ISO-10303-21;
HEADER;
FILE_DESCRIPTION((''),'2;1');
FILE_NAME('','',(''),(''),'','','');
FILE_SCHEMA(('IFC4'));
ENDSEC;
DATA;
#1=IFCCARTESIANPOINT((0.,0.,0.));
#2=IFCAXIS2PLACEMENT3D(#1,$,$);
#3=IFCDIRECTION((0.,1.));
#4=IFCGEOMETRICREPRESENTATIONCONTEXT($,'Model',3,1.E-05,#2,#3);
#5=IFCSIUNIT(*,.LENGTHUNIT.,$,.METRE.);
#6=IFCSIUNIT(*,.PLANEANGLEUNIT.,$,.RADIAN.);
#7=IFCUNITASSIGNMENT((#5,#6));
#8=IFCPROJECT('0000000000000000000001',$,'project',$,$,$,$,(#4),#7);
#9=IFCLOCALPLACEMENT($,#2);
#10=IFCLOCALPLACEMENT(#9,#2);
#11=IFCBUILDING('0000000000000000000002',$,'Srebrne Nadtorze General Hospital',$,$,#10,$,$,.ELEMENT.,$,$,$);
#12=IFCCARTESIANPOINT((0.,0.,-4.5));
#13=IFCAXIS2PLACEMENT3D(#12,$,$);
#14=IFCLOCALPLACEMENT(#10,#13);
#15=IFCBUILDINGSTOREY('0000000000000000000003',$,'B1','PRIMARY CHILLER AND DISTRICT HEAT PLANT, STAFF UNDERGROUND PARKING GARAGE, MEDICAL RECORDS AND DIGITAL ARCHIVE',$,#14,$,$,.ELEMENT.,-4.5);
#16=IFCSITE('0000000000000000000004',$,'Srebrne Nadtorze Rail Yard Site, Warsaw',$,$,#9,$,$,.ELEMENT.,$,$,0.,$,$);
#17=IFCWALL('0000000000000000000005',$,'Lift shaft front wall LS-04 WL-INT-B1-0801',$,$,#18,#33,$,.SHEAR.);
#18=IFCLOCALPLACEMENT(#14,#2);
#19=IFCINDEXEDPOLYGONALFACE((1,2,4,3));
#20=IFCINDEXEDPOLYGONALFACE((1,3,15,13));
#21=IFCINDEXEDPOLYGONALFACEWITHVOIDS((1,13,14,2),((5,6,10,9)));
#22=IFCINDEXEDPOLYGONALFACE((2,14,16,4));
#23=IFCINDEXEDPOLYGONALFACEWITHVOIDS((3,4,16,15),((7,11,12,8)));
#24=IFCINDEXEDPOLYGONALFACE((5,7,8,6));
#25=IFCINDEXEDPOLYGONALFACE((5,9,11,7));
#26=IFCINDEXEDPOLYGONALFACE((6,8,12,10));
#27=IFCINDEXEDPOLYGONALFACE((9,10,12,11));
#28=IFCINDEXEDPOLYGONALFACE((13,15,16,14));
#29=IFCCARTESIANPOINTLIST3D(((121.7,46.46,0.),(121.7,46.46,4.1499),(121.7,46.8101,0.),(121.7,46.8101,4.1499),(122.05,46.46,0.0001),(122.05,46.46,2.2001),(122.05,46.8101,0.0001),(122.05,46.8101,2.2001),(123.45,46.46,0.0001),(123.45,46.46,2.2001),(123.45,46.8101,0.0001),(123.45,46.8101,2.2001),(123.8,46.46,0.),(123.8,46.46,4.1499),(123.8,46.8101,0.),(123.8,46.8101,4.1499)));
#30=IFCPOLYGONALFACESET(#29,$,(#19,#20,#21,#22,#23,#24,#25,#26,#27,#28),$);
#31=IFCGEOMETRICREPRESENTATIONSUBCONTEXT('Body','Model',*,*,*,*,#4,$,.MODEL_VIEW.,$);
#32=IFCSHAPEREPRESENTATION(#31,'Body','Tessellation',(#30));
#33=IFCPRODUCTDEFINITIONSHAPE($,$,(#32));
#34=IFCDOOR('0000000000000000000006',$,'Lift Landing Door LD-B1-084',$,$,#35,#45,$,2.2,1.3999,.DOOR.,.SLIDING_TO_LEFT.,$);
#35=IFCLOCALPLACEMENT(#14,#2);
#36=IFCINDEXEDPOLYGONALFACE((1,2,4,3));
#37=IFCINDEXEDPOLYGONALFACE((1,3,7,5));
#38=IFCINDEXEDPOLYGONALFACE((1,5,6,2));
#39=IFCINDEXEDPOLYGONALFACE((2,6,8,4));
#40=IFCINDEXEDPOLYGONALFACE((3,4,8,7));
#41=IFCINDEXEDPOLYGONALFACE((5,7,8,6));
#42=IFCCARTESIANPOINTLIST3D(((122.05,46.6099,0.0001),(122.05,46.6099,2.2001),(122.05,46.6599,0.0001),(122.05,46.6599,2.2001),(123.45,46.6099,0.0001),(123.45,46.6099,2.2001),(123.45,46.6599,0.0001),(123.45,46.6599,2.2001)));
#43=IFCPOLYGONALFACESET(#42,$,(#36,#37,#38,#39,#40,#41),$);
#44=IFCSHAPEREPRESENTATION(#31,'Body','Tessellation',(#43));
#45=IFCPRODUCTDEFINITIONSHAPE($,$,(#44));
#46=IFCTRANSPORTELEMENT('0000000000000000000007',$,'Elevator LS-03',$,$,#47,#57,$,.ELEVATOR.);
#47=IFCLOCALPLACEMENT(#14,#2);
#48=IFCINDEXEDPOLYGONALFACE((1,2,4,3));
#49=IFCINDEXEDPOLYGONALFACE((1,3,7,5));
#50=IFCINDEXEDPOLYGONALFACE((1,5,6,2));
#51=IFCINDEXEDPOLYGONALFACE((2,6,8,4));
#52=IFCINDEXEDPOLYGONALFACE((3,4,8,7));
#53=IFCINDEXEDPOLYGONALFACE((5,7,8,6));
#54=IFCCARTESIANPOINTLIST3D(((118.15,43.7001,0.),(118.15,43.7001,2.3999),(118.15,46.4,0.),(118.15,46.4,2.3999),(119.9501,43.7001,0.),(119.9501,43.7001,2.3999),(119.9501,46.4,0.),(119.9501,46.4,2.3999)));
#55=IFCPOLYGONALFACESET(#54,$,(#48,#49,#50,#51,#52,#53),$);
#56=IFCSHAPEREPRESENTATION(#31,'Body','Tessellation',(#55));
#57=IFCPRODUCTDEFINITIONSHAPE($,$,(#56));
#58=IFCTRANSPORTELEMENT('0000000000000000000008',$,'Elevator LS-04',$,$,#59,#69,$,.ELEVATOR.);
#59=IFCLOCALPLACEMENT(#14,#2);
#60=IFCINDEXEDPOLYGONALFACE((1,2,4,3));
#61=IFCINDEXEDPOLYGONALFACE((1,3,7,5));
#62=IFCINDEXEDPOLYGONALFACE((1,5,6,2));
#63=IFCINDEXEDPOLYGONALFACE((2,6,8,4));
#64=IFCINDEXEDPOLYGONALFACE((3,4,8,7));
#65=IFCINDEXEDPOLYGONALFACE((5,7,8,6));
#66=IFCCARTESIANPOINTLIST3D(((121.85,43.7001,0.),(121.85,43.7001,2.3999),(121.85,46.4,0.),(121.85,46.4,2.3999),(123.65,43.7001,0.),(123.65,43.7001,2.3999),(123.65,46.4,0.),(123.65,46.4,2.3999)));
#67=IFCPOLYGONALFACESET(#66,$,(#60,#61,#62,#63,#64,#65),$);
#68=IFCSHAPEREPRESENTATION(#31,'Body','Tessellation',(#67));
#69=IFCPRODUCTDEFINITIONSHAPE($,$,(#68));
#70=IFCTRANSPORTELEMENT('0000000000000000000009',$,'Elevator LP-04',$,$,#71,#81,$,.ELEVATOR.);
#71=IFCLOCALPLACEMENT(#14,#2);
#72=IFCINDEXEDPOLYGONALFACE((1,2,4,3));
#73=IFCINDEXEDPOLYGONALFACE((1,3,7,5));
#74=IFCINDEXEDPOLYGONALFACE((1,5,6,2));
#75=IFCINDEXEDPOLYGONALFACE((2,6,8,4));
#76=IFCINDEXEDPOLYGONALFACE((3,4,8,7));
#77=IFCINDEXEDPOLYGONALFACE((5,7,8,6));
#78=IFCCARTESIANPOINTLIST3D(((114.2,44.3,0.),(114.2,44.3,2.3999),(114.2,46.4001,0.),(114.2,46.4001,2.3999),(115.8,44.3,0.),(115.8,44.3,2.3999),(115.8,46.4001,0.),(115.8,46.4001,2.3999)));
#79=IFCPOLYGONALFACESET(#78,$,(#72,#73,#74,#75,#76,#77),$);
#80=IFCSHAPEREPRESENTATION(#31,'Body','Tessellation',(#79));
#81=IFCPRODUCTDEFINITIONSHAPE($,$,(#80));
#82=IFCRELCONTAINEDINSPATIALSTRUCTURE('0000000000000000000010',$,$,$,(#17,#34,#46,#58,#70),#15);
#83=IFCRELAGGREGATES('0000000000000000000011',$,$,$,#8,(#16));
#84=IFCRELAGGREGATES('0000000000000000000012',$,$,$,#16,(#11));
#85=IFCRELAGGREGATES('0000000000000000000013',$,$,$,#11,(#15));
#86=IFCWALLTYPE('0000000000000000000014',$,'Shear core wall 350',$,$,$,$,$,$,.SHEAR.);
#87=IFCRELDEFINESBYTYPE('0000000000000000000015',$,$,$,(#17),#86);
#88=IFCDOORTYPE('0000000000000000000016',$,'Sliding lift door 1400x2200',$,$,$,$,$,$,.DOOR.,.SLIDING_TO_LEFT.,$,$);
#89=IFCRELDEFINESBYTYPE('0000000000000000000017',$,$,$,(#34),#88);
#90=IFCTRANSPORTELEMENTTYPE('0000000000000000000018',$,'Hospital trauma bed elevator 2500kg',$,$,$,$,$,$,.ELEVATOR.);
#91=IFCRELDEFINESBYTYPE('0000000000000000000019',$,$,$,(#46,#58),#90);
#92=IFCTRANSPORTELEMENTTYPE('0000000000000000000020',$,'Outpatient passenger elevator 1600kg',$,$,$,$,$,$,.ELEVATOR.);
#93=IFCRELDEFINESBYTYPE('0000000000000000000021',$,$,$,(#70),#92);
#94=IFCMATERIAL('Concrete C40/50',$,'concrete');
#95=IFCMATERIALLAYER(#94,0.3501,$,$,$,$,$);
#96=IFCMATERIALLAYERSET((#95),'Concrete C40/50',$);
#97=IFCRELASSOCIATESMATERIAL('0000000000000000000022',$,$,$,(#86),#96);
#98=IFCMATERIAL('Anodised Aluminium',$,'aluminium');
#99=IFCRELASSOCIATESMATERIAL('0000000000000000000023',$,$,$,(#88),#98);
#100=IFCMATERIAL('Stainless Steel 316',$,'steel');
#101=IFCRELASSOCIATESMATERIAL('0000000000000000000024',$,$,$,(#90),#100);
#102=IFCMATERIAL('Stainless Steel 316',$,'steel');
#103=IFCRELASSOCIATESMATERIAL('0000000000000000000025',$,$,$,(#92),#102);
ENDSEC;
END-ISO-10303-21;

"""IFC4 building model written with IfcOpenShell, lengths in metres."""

from ifc_helpers import new_model, si_unit, direction, frame, frame_2d, origin, origin_2d, place, context, subcontext, project, spatial, rectangle, extrude, material, layer, layer_set, type_object, element, fill, save


model = new_model("IFC4")

# Units and contexts
model_context = context("Model", 3, precision=1e-05, world=origin(), true_north=direction((0.0, 1.0)))
body_context = subcontext(model_context, "Body", "Model", "MODEL_VIEW")
ifc_project = project(units=[si_unit("LENGTHUNIT", "METRE"), si_unit("PLANEANGLEUNIT", "RADIAN")], contexts=[model_context])

# Site, building, storey
site_placement = place(None, origin())
site = spatial("IfcSite", under=ifc_project, at=site_placement, Name="Srebrne Nadtorze Rail Yard Site, Warsaw", CompositionType="ELEMENT", RefElevation=0.0)
building_placement = place(site_placement, origin())
building = spatial("IfcBuilding", under=site, at=building_placement, Name="Srebrne Nadtorze General Hospital", CompositionType="ELEMENT")
storey_placement = place(building_placement, frame((0.0, 0.0, -4.5)))
storey = spatial("IfcBuildingStorey", under=building, at=storey_placement, Name="B1", Description="PRIMARY CHILLER AND DISTRICT HEAT PLANT, STAFF UNDERGROUND PARKING GARAGE, MEDICAL RECORDS AND DIGITAL ARCHIVE", CompositionType="ELEMENT", Elevation=-4.5)

# Shared definitions
ifc_material_1 = material(Name="Concrete C40/50", Category="concrete")
ifc_layer_1 = layer(ifc_material_1, 0.3501)
ifc_layer_set_1 = layer_set([ifc_layer_1], Name="Concrete C40/50")
wall_type = type_object("IfcWallType", Name="Shear core wall 350", PredefinedType="SHEAR", material=ifc_layer_set_1)

# Shared definitions
ifc_material_2 = material(Name="Anodised Aluminium", Category="aluminium")
door_type = type_object("IfcDoorType", Name="Sliding lift door 1400x2200", OperationType="SLIDING_TO_LEFT", PredefinedType="DOOR", material=ifc_material_2)

# Wall, opening, door
wall_1_placement = place(storey_placement, frame((121.7, 46.635, 0.0), z_axis=(0.0, 0.0, 1.0), x_axis=(1.0, 0.0, 0.0)))
wall_1 = element("IfcWall", 1, at=wall_1_placement, inside=storey, type_object=wall_type, Name="Lift shaft front wall LS-04 WL-INT-B1-0801", PredefinedType="SHEAR", context=body_context, shape_type="SweptSolid", body=[
    extrude(rectangle(XDim=2.1001, YDim=0.3501, at=frame_2d((1.05, 0.0))), origin(), (0.0, 0.0, 1.0), 4.1499),
])
opening_1_placement = place(wall_1_placement, frame((0.3501, 0.0, 0.0)))
opening_1 = element("IfcOpeningElement", 2, at=opening_1_placement, cuts=wall_1, PredefinedType="OPENING", context=body_context, shape_type="SweptSolid", body=[
    extrude(rectangle(XDim=1.3999, YDim=2.2, at=frame_2d((0.7, 1.1001))), frame((0.0, 0.187, 0.0), z_axis=(0.0, -1.0, 0.0), x_axis=(1.0, 0.0, 0.0)), (0.0, 0.0, 1.0), 0.374),
])
door_1_placement = place(opening_1_placement, origin())
door_1 = element("IfcDoor", 3, at=door_1_placement, inside=storey, type_object=door_type, Name="Lift Landing Door LD-B1-084", OperationType="SLIDING_TO_LEFT", OverallHeight=2.2, OverallWidth=1.3999, PredefinedType="DOOR", context=body_context, shape_type="SweptSolid", body=[
    extrude(rectangle(XDim=1.3999, YDim=2.2, at=frame_2d((0.7, 1.1001))), frame((0.0, 0.0249, 0.0), z_axis=(0.0, -1.0, 0.0), x_axis=(1.0, 0.0, 0.0)), (0.0, 0.0, 1.0), 0.05),
])
fill(opening_1, door_1)

# Transport elements
ifc_material_3 = material(Name="Stainless Steel 316", Category="steel")
transport_element_type_1 = type_object("IfcTransportElementType", Name="Hospital trauma bed elevator 2500kg", PredefinedType="ELEVATOR", material=ifc_material_3)
for number, where, z_axis, x_axis, name in (
    (4, (119.05, 45.05, 0.0), (0.0, 0.0, 1.0), (1.0, 0.0, 0.0), "Elevator LS-03"),
    (5, (122.75, 45.05, 0.0), (0.0, 0.0, 1.0), (1.0, 0.0, 0.0), "Elevator LS-04"),
):
    element("IfcTransportElement", number, at=place(storey_placement, frame(where, z_axis=z_axis, x_axis=x_axis)), inside=storey, type_object=transport_element_type_1, Name=name, PredefinedType="ELEVATOR", context=body_context, shape_type="SweptSolid", body=[
        extrude(rectangle(XDim=1.8, YDim=2.7, at=origin_2d()), origin(), (0.0, 0.0, 1.0), 2.3999),
    ])
ifc_material_4 = material(Name="Stainless Steel 316", Category="steel")
transport_element_type_2 = type_object("IfcTransportElementType", Name="Outpatient passenger elevator 1600kg", PredefinedType="ELEVATOR", material=ifc_material_4)
transport_element_placement = place(storey_placement, frame((115.0, 45.3501, 0.0), z_axis=(0.0, 0.0, 1.0), x_axis=(1.0, 0.0, 0.0)))
element("IfcTransportElement", 6, at=transport_element_placement, inside=storey, type_object=transport_element_type_2, Name="Elevator LP-04", PredefinedType="ELEVATOR", context=body_context, shape_type="SweptSolid", body=[
    extrude(rectangle(XDim=1.6001, YDim=2.1001, at=origin_2d()), origin(), (0.0, 0.0, 1.0), 2.3999),
])

save(model, "model.ifc")
